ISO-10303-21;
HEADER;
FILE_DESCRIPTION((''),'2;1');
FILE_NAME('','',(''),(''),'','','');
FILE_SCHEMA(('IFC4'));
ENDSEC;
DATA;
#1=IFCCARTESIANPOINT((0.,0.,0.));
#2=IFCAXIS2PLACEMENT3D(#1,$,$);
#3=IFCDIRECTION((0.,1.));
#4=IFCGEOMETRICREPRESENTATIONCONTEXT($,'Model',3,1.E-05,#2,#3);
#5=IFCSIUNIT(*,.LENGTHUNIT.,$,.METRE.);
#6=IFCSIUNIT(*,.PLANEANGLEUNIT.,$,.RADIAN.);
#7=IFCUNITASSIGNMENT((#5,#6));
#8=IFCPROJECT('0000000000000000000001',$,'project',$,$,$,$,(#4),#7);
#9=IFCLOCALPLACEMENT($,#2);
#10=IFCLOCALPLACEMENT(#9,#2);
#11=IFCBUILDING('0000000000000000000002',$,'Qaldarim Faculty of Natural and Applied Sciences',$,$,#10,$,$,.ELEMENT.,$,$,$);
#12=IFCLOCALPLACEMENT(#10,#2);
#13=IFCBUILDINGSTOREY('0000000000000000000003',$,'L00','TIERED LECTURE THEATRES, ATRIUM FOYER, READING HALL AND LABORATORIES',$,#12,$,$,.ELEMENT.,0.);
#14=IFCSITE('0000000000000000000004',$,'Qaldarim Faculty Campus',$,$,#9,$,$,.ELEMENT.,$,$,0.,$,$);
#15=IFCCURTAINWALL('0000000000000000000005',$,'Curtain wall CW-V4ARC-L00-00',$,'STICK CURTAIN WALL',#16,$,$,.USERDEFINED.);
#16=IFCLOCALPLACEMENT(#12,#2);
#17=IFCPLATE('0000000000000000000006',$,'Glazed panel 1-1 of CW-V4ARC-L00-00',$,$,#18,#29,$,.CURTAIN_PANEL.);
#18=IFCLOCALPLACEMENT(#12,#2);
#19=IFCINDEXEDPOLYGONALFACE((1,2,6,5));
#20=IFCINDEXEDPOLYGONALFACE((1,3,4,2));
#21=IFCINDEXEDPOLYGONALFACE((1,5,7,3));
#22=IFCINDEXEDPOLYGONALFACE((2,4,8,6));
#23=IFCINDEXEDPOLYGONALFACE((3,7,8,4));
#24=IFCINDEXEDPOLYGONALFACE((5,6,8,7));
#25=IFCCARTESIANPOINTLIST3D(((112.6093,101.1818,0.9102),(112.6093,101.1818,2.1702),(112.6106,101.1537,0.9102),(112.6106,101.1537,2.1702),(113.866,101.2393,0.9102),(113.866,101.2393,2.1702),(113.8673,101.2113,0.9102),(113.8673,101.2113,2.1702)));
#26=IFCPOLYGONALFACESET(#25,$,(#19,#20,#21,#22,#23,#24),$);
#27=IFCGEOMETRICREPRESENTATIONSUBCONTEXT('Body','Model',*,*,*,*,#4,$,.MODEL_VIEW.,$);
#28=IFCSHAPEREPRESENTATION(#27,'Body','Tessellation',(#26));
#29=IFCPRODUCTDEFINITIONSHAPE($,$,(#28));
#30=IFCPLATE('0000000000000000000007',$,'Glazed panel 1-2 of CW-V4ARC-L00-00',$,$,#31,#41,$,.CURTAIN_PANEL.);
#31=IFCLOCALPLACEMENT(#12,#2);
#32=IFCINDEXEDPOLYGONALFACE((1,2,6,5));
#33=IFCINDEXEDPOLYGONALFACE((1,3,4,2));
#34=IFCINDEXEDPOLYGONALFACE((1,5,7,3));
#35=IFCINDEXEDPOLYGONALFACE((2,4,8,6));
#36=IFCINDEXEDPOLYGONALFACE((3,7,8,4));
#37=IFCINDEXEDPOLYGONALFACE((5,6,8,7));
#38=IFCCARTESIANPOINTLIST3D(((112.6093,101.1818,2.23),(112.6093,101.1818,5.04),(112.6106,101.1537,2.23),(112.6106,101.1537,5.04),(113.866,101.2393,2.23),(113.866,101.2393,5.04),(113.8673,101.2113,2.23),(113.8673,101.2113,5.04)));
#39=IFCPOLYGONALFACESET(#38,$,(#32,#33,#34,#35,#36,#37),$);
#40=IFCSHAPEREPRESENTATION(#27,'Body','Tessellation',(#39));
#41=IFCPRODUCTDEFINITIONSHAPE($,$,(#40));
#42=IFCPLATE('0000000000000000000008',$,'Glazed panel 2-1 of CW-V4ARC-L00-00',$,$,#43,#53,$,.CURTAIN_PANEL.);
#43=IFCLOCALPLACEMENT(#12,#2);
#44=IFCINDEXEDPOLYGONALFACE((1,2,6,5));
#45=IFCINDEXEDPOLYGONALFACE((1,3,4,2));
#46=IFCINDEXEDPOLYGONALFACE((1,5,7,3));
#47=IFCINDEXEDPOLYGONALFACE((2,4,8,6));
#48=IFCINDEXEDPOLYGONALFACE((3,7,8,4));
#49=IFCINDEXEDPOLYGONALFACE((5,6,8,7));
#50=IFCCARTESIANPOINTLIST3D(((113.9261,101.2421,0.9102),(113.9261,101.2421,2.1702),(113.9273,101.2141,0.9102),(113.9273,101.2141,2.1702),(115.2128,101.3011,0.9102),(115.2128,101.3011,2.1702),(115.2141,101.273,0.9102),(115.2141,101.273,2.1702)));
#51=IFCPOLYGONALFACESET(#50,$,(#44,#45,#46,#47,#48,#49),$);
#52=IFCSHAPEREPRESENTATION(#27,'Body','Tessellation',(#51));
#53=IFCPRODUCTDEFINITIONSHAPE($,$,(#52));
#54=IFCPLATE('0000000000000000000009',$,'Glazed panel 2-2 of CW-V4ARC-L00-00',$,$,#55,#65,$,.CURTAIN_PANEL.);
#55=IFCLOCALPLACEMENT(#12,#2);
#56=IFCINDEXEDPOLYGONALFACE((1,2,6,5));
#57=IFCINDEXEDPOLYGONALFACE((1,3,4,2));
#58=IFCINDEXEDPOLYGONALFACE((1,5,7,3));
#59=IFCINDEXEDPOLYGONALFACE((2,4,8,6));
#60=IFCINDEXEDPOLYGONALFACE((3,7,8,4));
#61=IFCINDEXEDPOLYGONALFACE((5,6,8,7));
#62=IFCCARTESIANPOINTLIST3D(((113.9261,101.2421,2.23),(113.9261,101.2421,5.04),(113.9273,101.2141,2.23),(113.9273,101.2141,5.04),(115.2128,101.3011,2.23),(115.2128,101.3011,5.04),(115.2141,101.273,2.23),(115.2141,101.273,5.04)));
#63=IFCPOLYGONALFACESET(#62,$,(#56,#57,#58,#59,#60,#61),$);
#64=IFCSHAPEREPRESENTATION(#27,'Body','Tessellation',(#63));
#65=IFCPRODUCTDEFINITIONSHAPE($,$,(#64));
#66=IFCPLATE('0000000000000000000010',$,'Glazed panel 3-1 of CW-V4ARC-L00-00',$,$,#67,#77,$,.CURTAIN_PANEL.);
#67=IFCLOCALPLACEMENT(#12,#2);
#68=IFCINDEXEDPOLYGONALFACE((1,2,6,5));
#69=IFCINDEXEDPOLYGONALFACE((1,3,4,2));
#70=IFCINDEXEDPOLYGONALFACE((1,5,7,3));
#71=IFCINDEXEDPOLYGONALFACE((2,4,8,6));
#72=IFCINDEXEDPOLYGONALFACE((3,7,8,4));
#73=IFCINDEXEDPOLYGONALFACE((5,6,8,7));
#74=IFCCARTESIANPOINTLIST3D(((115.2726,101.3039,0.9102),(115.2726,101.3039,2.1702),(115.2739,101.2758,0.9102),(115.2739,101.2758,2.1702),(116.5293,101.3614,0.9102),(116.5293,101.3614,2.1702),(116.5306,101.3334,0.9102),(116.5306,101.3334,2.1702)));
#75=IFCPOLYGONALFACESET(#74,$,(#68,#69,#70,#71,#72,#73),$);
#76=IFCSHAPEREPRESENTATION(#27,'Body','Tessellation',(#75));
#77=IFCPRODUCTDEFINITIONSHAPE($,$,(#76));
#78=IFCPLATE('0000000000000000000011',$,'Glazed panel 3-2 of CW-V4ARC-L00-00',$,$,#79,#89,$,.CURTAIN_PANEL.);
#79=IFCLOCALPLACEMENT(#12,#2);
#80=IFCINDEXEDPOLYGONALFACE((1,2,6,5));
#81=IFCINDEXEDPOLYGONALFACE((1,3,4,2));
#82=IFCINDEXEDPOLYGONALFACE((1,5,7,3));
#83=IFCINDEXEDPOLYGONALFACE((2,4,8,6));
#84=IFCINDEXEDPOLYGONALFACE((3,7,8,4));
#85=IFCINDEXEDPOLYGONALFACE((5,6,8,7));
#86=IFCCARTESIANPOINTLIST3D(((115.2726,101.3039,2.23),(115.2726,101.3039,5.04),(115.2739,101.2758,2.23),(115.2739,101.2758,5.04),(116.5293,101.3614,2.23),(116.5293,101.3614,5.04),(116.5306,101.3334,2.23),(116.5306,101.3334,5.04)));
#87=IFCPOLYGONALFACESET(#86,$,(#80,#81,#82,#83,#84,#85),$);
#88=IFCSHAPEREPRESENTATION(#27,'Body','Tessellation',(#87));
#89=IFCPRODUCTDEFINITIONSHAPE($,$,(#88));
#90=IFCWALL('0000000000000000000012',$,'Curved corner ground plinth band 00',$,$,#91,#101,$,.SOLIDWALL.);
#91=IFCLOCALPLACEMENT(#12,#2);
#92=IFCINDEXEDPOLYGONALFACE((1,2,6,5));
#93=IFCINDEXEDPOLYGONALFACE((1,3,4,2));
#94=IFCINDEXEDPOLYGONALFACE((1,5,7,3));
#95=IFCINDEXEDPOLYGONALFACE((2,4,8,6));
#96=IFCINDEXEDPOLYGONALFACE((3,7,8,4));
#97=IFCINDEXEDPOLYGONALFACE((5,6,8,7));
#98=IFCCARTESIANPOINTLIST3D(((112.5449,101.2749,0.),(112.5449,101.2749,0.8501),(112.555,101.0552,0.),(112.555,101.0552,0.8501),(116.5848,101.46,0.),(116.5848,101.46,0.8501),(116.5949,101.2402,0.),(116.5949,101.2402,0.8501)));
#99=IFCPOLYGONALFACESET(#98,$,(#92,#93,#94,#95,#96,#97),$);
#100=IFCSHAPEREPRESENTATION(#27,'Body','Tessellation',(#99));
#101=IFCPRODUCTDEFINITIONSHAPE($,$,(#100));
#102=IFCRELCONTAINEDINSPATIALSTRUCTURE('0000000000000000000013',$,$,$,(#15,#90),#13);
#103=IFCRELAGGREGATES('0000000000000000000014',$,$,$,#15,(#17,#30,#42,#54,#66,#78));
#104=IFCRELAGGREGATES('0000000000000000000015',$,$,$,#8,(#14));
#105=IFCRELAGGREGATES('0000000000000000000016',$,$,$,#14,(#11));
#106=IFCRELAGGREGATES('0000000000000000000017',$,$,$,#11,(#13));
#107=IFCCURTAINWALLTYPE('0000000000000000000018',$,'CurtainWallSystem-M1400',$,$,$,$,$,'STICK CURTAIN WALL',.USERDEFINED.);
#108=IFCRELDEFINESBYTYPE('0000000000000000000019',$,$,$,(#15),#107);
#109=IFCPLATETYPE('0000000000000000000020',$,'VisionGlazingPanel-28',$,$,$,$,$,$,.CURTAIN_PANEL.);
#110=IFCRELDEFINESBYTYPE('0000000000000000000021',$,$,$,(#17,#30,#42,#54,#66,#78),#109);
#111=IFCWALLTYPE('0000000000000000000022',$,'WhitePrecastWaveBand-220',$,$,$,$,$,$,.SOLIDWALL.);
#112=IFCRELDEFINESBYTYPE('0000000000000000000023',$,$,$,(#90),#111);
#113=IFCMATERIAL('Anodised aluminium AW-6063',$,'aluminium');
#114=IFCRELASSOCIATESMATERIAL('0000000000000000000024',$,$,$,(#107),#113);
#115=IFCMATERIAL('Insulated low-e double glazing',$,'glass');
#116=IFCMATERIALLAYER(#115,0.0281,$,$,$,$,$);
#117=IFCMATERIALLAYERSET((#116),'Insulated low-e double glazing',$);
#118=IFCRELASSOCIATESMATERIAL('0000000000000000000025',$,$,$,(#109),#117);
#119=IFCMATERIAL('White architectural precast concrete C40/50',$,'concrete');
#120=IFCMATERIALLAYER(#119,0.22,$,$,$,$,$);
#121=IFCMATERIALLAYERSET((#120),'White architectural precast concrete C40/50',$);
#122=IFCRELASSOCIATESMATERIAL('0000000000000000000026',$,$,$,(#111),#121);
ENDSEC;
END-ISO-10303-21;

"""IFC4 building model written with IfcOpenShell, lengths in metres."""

from ifc_helpers import new_model, si_unit, direction, frame, frame_2d, origin, origin_2d, place, context, subcontext, project, spatial, rectangle, extrude, material, layer, layer_set, type_object, element, aggregate, save


model = new_model("IFC4")

# Units and contexts
model_context = context("Model", 3, precision=1e-05, world=origin(), true_north=direction((0.0, 1.0)))
body_context = subcontext(model_context, "Body", "Model", "MODEL_VIEW")
ifc_project = project(units=[si_unit("LENGTHUNIT", "METRE"), si_unit("PLANEANGLEUNIT", "RADIAN")], contexts=[model_context])

# Site, building, storey
site_placement = place(None, origin())
site = spatial("IfcSite", under=ifc_project, at=site_placement, Name="Qaldarim Faculty Campus", CompositionType="ELEMENT", RefElevation=0.0)
building_placement = place(site_placement, origin())
building = spatial("IfcBuilding", under=site, at=building_placement, Name="Qaldarim Faculty of Natural and Applied Sciences", CompositionType="ELEMENT")
storey_placement = place(building_placement, origin())
storey = spatial("IfcBuildingStorey", under=building, at=storey_placement, Name="L00", Description="TIERED LECTURE THEATRES, ATRIUM FOYER, READING HALL AND LABORATORIES", CompositionType="ELEMENT", Elevation=0.0)

# Curtain wall
ifc_material_1 = material(Name="Anodised aluminium AW-6063", Category="aluminium")
curtain_wall_type_1 = type_object("IfcCurtainWallType", Name="CurtainWallSystem-M1400", ElementType="STICK CURTAIN WALL", PredefinedType="USERDEFINED", material=ifc_material_1)
curtain_wall_1_placement = place(storey_placement, origin())
curtain_wall_1 = element("IfcCurtainWall", 1, at=curtain_wall_1_placement, inside=storey, type_object=curtain_wall_type_1, Name="Curtain wall CW-V4ARC-L00-00", ObjectType="STICK CURTAIN WALL", PredefinedType="USERDEFINED")

# Plates
ifc_material_2 = material(Name="Insulated low-e double glazing", Category="glass")
ifc_layer_1 = layer(ifc_material_2, 0.0281)
ifc_layer_set_1 = layer_set([ifc_layer_1], Name="Insulated low-e double glazing")
plate_type_1 = type_object("IfcPlateType", Name="VisionGlazingPanel-28", PredefinedType="CURTAIN_PANEL", material=ifc_layer_set_1)
plate_1_placement = place(storey_placement, frame((113.2383, 101.1965, 0.9102), z_axis=(0.0, 0.0, 1.0), x_axis=(0.998953, 0.045747, 0.0)))
plate_1 = element("IfcPlate", 2, at=plate_1_placement, type_object=plate_type_1, Name="Glazed panel 1-1 of CW-V4ARC-L00-00", PredefinedType="CURTAIN_PANEL", context=body_context, shape_type="SweptSolid", body=[
    extrude(rectangle(XDim=1.2581, YDim=0.0281, at=origin_2d()), origin(), (0.0, 0.0, 1.0), 1.26),
])
plate_2_placement = place(storey_placement, frame((113.2383, 101.1965, 2.23), z_axis=(0.0, 0.0, 1.0), x_axis=(0.998953, 0.045747, 0.0)))
plate_2 = element("IfcPlate", 3, at=plate_2_placement, type_object=plate_type_1, Name="Glazed panel 1-2 of CW-V4ARC-L00-00", PredefinedType="CURTAIN_PANEL", context=body_context, shape_type="SweptSolid", body=[
    extrude(rectangle(XDim=1.2581, YDim=0.0281, at=origin_2d()), origin(), (0.0, 0.0, 1.0), 2.8101),
])
plate_3_placement = place(storey_placement, frame((114.5701, 101.2576, 0.9102), z_axis=(0.0, 0.0, 1.0), x_axis=(0.998953, 0.045747, 0.0)))
plate_3 = element("IfcPlate", 4, at=plate_3_placement, type_object=plate_type_1, Name="Glazed panel 2-1 of CW-V4ARC-L00-00", PredefinedType="CURTAIN_PANEL", context=body_context, shape_type="SweptSolid", body=[
    extrude(rectangle(XDim=1.2881, YDim=0.0281, at=origin_2d()), origin(), (0.0, 0.0, 1.0), 1.26),
])
plate_4_placement = place(storey_placement, frame((114.5701, 101.2576, 2.23), z_axis=(0.0, 0.0, 1.0), x_axis=(0.998953, 0.045747, 0.0)))
plate_4 = element("IfcPlate", 5, at=plate_4_placement, type_object=plate_type_1, Name="Glazed panel 2-2 of CW-V4ARC-L00-00", PredefinedType="CURTAIN_PANEL", context=body_context, shape_type="SweptSolid", body=[
    extrude(rectangle(XDim=1.2881, YDim=0.0281, at=origin_2d()), origin(), (0.0, 0.0, 1.0), 2.8101),
])
plate_5_placement = place(storey_placement, frame((115.9016, 101.3186, 0.9102), z_axis=(0.0, 0.0, 1.0), x_axis=(0.998953, 0.045747, 0.0)))
plate_5 = element("IfcPlate", 6, at=plate_5_placement, type_object=plate_type_1, Name="Glazed panel 3-1 of CW-V4ARC-L00-00", PredefinedType="CURTAIN_PANEL", context=body_context, shape_type="SweptSolid", body=[
    extrude(rectangle(XDim=1.2581, YDim=0.0281, at=origin_2d()), origin(), (0.0, 0.0, 1.0), 1.26),
])
plate_6_placement = place(storey_placement, frame((115.9016, 101.3186, 2.23), z_axis=(0.0, 0.0, 1.0), x_axis=(0.998953, 0.045747, 0.0)))
plate_6 = element("IfcPlate", 7, at=plate_6_placement, type_object=plate_type_1, Name="Glazed panel 3-2 of CW-V4ARC-L00-00", PredefinedType="CURTAIN_PANEL", context=body_context, shape_type="SweptSolid", body=[
    extrude(rectangle(XDim=1.2581, YDim=0.0281, at=origin_2d()), origin(), (0.0, 0.0, 1.0), 2.8101),
])
aggregate(curtain_wall_1, [plate_1, plate_2, plate_3, plate_4, plate_5, plate_6])

# Wall
ifc_material_3 = material(Name="White architectural precast concrete C40/50", Category="concrete")
ifc_layer_2 = layer(ifc_material_3, 0.22)
ifc_layer_set_2 = layer_set([ifc_layer_2], Name="White architectural precast concrete C40/50")
wall_type = type_object("IfcWallType", Name="WhitePrecastWaveBand-220", PredefinedType="SOLIDWALL", material=ifc_layer_set_2)
wall_placement = place(storey_placement, frame((112.55, 101.165, 0.0), z_axis=(0.0, 0.0, 1.0), x_axis=(0.998953, 0.045758, 0.0)))
element("IfcWall", 8, at=wall_placement, inside=storey, type_object=wall_type, Name="Curved corner ground plinth band 00", PredefinedType="SOLIDWALL", context=body_context, shape_type="SweptSolid", body=[
    extrude(rectangle(XDim=4.0442, YDim=0.22, at=frame_2d((2.022, 0.0))), origin(), (0.0, 0.0, 1.0), 0.8501),
])

save(model, "model.ifc")
